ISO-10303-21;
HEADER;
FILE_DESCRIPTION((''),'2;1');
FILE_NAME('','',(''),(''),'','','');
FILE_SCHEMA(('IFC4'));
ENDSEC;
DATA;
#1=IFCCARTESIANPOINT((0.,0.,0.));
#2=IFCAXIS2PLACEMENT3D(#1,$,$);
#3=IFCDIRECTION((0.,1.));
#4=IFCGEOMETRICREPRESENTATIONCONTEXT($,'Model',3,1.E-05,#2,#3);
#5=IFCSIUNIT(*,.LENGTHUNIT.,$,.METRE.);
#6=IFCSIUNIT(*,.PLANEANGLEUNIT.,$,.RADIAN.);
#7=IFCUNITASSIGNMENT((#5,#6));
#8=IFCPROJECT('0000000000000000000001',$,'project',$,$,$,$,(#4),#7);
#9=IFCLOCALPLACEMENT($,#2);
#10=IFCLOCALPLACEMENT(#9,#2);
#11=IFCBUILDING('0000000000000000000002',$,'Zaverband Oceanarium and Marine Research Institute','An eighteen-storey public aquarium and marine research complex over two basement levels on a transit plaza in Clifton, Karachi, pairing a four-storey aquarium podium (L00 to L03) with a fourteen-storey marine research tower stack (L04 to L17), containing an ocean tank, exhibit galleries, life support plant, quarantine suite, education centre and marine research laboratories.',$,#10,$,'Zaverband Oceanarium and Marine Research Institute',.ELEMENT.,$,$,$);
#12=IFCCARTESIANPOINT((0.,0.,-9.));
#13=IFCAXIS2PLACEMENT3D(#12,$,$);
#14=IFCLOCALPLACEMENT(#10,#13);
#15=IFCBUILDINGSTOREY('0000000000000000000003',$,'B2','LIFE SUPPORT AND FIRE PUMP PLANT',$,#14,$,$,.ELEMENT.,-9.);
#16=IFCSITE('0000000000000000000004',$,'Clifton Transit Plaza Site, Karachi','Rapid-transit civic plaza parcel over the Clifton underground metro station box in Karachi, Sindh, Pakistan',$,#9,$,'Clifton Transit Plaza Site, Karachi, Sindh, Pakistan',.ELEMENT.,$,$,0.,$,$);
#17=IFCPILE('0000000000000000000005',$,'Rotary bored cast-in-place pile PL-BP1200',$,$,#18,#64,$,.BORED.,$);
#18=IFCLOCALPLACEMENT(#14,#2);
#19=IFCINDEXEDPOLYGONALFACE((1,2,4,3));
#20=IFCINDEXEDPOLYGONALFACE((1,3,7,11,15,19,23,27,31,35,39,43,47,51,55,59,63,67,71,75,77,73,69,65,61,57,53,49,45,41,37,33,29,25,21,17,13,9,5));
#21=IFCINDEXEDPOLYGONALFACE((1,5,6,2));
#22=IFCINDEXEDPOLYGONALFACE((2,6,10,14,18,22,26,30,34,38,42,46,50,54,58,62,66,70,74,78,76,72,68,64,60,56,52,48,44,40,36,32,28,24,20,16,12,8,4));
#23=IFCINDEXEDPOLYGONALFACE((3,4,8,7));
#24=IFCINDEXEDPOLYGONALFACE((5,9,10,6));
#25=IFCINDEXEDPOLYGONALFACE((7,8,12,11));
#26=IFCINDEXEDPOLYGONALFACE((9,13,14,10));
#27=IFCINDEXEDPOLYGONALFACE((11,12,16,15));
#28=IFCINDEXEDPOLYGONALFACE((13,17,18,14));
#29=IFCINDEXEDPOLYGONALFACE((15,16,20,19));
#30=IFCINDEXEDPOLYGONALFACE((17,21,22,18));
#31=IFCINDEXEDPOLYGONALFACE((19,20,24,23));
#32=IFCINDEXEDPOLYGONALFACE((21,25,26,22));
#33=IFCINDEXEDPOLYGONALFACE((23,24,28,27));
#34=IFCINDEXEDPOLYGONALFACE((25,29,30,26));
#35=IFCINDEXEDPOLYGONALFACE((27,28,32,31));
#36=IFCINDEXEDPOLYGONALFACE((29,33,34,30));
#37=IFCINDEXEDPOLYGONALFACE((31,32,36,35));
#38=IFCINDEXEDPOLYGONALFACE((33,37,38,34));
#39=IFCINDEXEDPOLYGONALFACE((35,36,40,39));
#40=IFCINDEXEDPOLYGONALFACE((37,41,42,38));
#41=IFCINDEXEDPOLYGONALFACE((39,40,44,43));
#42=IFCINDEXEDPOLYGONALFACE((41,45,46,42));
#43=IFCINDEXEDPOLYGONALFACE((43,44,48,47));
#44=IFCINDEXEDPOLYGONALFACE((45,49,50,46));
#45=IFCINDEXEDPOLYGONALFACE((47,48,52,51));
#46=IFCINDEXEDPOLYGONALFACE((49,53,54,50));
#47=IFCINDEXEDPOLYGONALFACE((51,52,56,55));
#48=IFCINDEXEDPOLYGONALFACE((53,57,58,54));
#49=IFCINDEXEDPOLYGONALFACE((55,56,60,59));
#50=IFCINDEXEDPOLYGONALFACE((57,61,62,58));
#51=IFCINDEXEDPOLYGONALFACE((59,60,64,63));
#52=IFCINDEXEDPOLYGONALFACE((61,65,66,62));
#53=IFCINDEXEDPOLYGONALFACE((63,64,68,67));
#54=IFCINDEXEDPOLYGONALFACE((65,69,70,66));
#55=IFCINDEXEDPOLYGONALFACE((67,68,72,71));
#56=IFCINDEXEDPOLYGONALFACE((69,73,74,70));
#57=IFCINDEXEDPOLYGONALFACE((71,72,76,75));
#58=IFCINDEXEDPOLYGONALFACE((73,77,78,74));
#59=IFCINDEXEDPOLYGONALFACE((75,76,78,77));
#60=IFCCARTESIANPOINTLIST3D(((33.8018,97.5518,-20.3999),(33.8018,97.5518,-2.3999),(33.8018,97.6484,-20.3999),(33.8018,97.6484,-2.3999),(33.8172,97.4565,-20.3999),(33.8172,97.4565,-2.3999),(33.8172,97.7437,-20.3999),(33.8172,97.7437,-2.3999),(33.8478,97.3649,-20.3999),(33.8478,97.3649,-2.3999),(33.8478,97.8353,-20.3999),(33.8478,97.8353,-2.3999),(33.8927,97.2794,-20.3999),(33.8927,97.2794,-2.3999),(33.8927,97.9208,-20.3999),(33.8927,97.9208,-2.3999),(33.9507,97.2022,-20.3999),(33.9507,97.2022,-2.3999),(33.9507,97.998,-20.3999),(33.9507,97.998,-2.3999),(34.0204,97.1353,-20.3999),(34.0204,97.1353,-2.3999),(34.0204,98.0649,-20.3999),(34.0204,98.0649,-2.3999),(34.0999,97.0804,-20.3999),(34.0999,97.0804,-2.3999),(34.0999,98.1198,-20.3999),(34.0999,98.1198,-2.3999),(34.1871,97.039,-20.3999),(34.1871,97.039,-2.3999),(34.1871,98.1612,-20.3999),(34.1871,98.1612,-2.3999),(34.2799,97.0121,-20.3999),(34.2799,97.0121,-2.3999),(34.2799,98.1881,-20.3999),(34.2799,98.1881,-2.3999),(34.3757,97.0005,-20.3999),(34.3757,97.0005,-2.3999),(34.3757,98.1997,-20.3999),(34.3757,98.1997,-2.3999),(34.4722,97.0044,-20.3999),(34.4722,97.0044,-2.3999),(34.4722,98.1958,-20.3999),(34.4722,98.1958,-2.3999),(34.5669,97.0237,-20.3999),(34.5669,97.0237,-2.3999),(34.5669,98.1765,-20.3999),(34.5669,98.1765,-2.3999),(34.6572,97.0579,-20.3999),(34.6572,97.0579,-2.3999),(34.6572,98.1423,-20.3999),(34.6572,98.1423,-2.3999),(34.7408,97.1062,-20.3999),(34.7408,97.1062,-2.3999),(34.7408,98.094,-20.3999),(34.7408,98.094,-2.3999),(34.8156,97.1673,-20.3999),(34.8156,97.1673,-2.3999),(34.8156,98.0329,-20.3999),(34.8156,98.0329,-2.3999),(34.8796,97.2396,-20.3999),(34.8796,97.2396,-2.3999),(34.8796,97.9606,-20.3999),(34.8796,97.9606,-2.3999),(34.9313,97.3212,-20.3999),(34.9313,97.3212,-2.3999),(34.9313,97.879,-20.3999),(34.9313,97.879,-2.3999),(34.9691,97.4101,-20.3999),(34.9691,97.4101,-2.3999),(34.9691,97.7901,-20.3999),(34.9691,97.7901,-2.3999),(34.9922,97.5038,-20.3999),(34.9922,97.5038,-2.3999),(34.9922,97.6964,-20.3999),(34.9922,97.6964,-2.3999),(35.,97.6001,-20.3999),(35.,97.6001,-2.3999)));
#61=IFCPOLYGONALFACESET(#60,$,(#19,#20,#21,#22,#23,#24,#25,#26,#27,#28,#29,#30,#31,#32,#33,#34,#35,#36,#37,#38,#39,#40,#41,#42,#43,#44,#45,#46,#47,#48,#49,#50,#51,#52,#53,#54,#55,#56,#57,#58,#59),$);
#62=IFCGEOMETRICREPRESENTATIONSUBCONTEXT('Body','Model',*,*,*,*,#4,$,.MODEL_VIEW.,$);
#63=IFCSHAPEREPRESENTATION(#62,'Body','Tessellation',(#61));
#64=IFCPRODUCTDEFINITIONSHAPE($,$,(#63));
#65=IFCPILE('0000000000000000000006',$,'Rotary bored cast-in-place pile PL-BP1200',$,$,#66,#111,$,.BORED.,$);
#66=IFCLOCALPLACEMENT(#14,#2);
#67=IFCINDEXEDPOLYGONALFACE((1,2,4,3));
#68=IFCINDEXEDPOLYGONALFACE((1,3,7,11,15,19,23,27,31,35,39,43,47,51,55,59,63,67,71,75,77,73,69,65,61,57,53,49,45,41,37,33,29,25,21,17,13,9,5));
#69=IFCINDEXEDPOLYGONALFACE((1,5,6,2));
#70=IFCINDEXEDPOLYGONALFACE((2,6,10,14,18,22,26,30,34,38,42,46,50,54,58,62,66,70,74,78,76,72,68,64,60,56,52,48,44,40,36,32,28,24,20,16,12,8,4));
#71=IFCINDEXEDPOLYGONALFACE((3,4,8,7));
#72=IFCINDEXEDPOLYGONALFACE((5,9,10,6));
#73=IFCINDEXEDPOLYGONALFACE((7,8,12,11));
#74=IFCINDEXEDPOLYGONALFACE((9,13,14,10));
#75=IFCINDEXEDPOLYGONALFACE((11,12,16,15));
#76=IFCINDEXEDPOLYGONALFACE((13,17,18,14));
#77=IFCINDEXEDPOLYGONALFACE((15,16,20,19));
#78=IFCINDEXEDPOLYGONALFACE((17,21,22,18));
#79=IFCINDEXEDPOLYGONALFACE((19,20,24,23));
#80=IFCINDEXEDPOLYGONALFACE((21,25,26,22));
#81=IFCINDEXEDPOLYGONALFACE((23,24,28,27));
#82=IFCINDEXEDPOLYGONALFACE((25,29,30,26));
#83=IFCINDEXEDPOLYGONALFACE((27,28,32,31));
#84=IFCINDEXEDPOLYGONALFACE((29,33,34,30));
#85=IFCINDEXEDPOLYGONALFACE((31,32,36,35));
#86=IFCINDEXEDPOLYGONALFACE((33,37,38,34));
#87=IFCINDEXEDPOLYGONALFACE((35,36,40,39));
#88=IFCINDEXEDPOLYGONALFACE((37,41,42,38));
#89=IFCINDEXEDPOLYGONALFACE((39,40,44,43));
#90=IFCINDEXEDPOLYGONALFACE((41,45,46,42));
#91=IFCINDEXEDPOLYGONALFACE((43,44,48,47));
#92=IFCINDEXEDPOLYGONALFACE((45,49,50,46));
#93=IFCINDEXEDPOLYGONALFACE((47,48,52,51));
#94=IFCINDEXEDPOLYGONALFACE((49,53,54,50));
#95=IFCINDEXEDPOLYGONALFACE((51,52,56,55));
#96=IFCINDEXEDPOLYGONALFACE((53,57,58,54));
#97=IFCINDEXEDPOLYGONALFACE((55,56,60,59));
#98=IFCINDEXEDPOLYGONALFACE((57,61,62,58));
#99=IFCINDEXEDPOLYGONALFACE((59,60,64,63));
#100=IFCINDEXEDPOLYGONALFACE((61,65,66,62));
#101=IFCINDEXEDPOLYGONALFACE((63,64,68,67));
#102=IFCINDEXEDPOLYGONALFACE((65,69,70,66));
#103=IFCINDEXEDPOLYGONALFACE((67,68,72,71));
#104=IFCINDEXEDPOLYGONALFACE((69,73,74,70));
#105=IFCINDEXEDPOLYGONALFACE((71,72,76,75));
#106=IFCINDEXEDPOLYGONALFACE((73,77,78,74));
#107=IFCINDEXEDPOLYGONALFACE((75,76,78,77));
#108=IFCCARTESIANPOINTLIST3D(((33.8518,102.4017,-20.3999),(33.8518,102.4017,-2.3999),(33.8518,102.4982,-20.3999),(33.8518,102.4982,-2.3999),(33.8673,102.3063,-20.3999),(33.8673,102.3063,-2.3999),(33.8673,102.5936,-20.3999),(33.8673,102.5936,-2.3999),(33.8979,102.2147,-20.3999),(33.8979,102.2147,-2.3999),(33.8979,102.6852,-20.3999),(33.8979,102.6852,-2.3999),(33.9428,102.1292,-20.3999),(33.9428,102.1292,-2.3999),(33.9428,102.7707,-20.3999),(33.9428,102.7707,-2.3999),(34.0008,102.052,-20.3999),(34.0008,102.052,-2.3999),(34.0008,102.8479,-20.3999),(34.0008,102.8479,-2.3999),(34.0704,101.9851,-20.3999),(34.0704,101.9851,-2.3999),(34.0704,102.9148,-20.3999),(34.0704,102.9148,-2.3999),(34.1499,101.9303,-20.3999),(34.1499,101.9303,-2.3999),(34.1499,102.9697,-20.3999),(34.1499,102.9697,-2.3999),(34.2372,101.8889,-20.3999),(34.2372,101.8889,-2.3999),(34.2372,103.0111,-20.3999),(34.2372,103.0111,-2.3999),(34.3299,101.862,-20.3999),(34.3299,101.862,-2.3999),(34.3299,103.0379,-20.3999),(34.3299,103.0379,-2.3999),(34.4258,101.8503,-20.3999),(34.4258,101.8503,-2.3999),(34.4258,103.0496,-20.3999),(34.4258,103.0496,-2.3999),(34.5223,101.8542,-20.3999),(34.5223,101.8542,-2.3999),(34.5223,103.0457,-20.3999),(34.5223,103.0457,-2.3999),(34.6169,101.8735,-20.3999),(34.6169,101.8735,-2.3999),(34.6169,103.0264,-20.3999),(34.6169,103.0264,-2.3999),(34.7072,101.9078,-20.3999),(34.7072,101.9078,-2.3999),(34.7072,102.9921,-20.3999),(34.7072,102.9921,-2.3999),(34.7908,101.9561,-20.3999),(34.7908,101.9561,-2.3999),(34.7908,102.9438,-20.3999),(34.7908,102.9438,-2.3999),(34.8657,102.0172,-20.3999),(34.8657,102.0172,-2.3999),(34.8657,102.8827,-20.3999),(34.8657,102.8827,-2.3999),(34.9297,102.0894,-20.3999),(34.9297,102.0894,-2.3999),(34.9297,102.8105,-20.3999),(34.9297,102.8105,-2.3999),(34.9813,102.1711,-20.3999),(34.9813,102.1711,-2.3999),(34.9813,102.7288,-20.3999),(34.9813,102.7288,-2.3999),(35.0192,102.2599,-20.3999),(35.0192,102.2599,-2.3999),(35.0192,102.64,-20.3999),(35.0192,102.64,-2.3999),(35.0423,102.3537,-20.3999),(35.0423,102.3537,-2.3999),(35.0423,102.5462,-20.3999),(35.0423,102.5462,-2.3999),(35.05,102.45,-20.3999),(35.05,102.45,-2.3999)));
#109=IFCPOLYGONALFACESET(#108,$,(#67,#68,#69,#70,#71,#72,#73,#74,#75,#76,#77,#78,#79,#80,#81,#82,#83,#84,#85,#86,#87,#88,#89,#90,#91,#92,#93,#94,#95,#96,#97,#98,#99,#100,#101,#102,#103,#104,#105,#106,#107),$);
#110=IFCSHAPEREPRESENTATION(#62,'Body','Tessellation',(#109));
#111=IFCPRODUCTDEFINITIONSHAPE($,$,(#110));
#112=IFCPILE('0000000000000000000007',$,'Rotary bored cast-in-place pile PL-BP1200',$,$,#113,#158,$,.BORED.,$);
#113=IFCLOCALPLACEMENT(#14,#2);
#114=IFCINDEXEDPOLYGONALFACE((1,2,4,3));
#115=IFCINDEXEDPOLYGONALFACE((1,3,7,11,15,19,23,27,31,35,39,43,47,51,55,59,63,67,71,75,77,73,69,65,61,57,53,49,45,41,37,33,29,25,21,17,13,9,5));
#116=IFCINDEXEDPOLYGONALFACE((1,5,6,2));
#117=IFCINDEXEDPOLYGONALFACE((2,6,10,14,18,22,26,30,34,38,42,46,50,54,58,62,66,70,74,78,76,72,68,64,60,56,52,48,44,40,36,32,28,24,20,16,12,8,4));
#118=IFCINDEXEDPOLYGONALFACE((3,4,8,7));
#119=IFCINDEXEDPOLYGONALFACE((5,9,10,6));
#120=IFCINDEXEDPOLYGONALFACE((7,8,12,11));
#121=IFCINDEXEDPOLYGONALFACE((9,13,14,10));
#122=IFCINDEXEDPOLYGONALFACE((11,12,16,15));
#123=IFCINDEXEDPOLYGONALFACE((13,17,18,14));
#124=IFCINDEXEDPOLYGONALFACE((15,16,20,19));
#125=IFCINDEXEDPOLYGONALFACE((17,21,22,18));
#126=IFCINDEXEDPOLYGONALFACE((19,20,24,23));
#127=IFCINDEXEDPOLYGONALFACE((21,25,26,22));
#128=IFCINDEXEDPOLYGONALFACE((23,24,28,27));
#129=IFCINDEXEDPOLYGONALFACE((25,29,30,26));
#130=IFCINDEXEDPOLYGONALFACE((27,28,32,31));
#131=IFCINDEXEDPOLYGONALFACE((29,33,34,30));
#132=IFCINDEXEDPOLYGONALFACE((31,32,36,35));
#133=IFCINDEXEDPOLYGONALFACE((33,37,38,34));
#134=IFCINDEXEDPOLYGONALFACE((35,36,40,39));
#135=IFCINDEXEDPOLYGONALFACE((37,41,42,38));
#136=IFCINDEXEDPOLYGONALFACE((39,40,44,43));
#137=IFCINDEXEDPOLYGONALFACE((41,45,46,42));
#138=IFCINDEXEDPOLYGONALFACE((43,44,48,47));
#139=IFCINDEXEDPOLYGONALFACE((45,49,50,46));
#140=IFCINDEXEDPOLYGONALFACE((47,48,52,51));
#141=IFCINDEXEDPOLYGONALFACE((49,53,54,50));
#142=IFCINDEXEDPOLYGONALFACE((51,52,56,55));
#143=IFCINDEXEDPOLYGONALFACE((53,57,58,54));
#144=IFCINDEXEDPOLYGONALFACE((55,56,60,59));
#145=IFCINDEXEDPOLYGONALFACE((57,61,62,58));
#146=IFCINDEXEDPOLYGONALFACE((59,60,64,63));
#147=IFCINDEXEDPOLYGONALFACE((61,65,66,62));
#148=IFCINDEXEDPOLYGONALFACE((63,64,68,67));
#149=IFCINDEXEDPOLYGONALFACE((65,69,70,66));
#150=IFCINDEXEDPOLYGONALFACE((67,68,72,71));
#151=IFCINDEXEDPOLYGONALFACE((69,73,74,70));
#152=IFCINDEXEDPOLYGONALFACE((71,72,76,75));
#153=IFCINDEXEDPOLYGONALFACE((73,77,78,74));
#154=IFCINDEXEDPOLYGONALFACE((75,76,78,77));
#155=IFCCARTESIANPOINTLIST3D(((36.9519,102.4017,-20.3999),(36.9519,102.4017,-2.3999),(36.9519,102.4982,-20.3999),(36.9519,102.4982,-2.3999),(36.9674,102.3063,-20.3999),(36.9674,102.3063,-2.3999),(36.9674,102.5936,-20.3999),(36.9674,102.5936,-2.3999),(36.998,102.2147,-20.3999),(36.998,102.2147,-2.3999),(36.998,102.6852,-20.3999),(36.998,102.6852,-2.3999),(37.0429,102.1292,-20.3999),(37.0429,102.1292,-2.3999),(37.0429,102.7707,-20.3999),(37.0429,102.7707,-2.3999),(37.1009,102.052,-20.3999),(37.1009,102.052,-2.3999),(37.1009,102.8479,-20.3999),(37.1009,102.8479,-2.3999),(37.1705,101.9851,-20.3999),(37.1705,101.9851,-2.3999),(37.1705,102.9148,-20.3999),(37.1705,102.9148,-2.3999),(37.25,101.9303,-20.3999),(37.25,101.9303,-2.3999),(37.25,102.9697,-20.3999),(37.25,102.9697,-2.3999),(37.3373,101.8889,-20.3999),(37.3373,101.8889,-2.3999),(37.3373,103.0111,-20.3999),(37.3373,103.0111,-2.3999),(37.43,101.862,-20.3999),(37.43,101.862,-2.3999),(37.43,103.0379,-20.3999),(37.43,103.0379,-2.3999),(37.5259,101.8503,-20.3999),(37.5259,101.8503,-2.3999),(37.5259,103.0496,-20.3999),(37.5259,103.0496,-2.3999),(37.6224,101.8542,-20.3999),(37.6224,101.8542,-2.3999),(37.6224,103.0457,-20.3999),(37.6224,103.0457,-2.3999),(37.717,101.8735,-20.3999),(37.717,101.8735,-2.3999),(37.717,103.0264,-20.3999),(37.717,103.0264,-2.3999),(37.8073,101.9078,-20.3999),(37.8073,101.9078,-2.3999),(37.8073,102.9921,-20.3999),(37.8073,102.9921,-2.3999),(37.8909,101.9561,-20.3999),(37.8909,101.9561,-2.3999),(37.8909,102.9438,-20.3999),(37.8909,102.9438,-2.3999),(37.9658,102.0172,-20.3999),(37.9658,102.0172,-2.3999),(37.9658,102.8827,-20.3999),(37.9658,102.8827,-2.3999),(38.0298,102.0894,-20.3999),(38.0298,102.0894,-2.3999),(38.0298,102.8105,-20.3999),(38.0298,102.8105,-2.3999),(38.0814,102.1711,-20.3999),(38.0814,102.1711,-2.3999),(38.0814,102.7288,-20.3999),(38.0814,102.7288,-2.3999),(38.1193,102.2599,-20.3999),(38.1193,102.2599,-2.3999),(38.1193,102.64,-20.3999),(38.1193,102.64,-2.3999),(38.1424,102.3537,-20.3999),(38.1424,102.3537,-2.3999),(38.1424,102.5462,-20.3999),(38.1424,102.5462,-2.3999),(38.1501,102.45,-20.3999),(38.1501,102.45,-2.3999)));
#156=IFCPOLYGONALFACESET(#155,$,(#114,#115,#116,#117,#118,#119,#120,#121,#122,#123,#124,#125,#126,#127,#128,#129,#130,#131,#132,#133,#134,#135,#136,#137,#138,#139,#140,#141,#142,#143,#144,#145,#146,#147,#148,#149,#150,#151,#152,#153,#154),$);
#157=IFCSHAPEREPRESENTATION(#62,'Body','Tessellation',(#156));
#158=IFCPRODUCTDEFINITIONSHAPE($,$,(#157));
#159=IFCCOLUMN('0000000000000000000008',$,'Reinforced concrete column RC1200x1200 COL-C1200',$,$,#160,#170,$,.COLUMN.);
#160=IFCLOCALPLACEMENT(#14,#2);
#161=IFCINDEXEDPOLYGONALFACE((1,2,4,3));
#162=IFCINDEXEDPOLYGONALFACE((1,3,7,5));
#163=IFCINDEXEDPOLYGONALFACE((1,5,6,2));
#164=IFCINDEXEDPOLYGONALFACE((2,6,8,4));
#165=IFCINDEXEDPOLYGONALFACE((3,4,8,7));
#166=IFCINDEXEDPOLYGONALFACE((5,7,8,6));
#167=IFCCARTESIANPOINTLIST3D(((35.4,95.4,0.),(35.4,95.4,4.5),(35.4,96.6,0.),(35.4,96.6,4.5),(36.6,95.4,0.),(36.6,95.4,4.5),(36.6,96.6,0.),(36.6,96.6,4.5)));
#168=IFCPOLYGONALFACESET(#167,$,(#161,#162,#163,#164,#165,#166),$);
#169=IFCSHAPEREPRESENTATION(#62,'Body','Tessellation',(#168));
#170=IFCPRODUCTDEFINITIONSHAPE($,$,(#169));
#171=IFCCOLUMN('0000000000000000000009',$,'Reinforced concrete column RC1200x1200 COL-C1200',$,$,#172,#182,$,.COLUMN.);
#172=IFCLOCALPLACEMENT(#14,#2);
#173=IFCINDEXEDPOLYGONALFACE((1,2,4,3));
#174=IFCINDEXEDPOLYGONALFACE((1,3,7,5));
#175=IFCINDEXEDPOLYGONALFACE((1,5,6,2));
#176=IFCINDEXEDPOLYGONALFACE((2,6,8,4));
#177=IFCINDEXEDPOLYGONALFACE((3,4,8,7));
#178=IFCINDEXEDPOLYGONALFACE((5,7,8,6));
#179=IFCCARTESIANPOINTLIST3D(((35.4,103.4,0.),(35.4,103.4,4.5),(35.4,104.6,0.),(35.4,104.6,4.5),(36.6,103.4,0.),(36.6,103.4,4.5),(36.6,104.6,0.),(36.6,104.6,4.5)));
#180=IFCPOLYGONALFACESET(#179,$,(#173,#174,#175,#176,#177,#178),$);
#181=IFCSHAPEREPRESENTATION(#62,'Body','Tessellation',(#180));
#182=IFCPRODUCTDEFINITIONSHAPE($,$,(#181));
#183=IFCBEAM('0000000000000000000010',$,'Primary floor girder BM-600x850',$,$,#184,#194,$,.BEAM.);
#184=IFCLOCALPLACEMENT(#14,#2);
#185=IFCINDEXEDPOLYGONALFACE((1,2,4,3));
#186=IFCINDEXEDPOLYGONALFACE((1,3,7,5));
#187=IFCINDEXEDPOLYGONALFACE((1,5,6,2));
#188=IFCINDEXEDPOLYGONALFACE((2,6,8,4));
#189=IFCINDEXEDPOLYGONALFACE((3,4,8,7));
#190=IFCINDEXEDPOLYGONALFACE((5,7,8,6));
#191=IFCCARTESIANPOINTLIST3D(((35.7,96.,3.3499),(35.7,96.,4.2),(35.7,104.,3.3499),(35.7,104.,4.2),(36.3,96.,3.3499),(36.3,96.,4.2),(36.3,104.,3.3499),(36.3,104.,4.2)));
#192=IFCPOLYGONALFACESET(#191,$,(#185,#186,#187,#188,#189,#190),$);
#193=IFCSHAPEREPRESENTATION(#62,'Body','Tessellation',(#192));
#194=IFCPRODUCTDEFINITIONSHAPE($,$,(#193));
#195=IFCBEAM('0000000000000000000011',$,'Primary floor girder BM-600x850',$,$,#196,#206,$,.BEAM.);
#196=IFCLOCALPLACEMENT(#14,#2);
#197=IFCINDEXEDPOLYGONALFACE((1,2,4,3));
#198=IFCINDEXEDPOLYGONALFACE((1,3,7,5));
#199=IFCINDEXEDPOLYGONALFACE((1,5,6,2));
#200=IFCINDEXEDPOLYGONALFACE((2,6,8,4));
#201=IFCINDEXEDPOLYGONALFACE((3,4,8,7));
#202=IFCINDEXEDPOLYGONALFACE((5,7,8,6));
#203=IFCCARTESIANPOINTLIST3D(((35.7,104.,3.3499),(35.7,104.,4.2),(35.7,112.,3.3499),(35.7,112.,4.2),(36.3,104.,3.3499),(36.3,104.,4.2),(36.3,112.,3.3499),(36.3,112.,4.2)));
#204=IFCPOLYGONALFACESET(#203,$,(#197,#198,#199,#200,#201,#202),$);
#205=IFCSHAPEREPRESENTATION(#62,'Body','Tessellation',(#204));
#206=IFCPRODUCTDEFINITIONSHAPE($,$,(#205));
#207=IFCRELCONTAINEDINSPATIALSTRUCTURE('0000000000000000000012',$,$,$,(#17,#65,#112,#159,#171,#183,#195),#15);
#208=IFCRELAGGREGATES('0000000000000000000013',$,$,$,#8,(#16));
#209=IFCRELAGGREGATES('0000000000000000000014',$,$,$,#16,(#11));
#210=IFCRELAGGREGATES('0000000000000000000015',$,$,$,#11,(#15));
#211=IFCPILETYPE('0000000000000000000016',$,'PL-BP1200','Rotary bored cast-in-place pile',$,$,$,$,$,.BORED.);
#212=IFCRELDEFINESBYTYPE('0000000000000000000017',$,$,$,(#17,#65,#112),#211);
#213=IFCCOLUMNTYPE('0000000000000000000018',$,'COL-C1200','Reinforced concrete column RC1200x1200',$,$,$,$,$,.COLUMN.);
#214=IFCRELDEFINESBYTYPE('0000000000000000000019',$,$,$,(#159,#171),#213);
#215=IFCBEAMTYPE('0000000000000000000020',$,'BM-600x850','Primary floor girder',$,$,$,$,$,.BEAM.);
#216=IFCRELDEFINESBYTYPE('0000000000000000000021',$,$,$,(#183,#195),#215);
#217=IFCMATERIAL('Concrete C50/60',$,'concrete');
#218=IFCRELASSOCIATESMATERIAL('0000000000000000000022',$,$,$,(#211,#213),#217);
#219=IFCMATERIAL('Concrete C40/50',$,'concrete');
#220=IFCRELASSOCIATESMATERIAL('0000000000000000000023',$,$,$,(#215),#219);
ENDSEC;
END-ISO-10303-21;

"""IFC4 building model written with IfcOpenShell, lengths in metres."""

from ifc_helpers import new_model, si_unit, direction, frame, origin, origin_2d, place, context, subcontext, project, spatial, rectangle, circle, extrude, material, material_profile, profile_set, type_object, element, save


model = new_model("IFC4")

# Units and contexts
model_context = context("Model", 3, precision=1e-05, world=origin(), true_north=direction((0.0, 1.0)))
body_context = subcontext(model_context, "Body", "Model", "MODEL_VIEW")
ifc_project = project(units=[si_unit("LENGTHUNIT", "METRE"), si_unit("PLANEANGLEUNIT", "RADIAN")], contexts=[model_context])

# Site, building, storey
site_placement = place(None, origin())
site = spatial("IfcSite", under=ifc_project, at=site_placement, Name="Clifton Transit Plaza Site, Karachi", Description="Rapid-transit civic plaza parcel over the Clifton underground metro station box in Karachi, Sindh, Pakistan", LongName="Clifton Transit Plaza Site, Karachi, Sindh, Pakistan", CompositionType="ELEMENT", RefElevation=0.0)
building_placement = place(site_placement, origin())
building = spatial("IfcBuilding", under=site, at=building_placement, Name="Zaverband Oceanarium and Marine Research Institute", Description="An eighteen-storey public aquarium and marine research complex over two basement levels on a transit plaza in Clifton, Karachi, pairing a four-storey aquarium podium (L00 to L03) with a fourteen-storey marine research tower stack (L04 to L17), containing an ocean tank, exhibit galleries, life support plant, quarantine suite, education centre and marine research laboratories.", LongName="Zaverband Oceanarium and Marine Research Institute", CompositionType="ELEMENT")
storey_placement = place(building_placement, frame((0.0, 0.0, -9.0)))
storey = spatial("IfcBuildingStorey", under=building, at=storey_placement, Name="B2", Description="LIFE SUPPORT AND FIRE PUMP PLANT", CompositionType="ELEMENT", Elevation=-9.0)

# Shared definitions
ifc_material_1 = material(Name="Concrete C50/60", Category="concrete")

# Piles
ifc_material_profile_1 = material_profile(ifc_material_1, circle(Radius=0.6001, at=origin_2d()), Name="BP1200")
ifc_profile_set_1 = profile_set([ifc_material_profile_1], Name="Concrete C50/60")
pile_type = type_object("IfcPileType", Name="PL-BP1200", Description="Rotary bored cast-in-place pile", PredefinedType="BORED", material=ifc_profile_set_1)
for number, where, z_axis, x_axis, name in (
    (1, (34.3999, 97.6001, -2.3999), (0.0, 0.0, -1.0), (1.0, 0.0, 0.0), "Rotary bored cast-in-place pile PL-BP1200"),
    (2, (34.45, 102.45, -2.3999), (0.0, 0.0, -1.0), (1.0, 0.0, 0.0), "Rotary bored cast-in-place pile PL-BP1200"),
    (3, (37.55, 102.45, -2.3999), (0.0, 0.0, -1.0), (1.0, 0.0, 0.0), "Rotary bored cast-in-place pile PL-BP1200"),
):
    element("IfcPile", number, at=place(storey_placement, frame(where, z_axis=z_axis, x_axis=x_axis)), inside=storey, type_object=pile_type, Name=name, PredefinedType="BORED", context=body_context, shape_type="SweptSolid", body=[
        extrude(circle(Radius=0.6001, at=origin_2d()), origin(), (0.0, 0.0, 1.0), 18.0),
    ])

# Columns
ifc_material_profile_2 = material_profile(ifc_material_1, rectangle(XDim=1.2, YDim=1.2, at=origin_2d()), Name="RC1200x1200")
ifc_profile_set_2 = profile_set([ifc_material_profile_2], Name="Concrete C50/60")
column_type = type_object("IfcColumnType", Name="COL-C1200", Description="Reinforced concrete column RC1200x1200", PredefinedType="COLUMN", material=ifc_profile_set_2)
for number, where, z_axis, x_axis, name in (
    (4, (36.0, 96.0, 0.0), (0.0, 0.0, 1.0), (1.0, 0.0, 0.0), "Reinforced concrete column RC1200x1200 COL-C1200"),
    (5, (36.0, 104.0, 0.0), (0.0, 0.0, 1.0), (1.0, 0.0, 0.0), "Reinforced concrete column RC1200x1200 COL-C1200"),
):
    element("IfcColumn", number, at=place(storey_placement, frame(where, z_axis=z_axis, x_axis=x_axis)), inside=storey, type_object=column_type, Name=name, PredefinedType="COLUMN", context=body_context, shape_type="SweptSolid", body=[
        extrude(rectangle(XDim=1.2, YDim=1.2, at=origin_2d()), origin(), (0.0, 0.0, 1.0), 4.5),
    ])

# Beams
ifc_material_2 = material(Name="Concrete C40/50", Category="concrete")
ifc_material_profile_3 = material_profile(ifc_material_2, rectangle(XDim=0.6001, YDim=0.8501, at=origin_2d()), Name="RC600x850")
ifc_profile_set_3 = profile_set([ifc_material_profile_3], Name="Concrete C40/50")
beam_type_1 = type_object("IfcBeamType", Name="BM-600x850", Description="Primary floor girder", PredefinedType="BEAM", material=ifc_profile_set_3)
for number, where, z_axis, x_axis, name in (
    (6, (36.0, 96.0, 3.7749), (0.0, 1.0, 0.0), (-1.0, 0.0, 0.0), "Primary floor girder BM-600x850"),
    (7, (36.0, 104.0, 3.7749), (0.0, 1.0, 0.0), (-1.0, 0.0, 0.0), "Primary floor girder BM-600x850"),
):
    element("IfcBeam", number, at=place(storey_placement, frame(where, z_axis=z_axis, x_axis=x_axis)), inside=storey, type_object=beam_type_1, Name=name, PredefinedType="BEAM", context=body_context, shape_type="SweptSolid", body=[
        extrude(rectangle(XDim=0.6001, YDim=0.8501, at=origin_2d()), origin(), (0.0, 0.0, 1.0), 8.0),
    ])

save(model, "model.ifc")
